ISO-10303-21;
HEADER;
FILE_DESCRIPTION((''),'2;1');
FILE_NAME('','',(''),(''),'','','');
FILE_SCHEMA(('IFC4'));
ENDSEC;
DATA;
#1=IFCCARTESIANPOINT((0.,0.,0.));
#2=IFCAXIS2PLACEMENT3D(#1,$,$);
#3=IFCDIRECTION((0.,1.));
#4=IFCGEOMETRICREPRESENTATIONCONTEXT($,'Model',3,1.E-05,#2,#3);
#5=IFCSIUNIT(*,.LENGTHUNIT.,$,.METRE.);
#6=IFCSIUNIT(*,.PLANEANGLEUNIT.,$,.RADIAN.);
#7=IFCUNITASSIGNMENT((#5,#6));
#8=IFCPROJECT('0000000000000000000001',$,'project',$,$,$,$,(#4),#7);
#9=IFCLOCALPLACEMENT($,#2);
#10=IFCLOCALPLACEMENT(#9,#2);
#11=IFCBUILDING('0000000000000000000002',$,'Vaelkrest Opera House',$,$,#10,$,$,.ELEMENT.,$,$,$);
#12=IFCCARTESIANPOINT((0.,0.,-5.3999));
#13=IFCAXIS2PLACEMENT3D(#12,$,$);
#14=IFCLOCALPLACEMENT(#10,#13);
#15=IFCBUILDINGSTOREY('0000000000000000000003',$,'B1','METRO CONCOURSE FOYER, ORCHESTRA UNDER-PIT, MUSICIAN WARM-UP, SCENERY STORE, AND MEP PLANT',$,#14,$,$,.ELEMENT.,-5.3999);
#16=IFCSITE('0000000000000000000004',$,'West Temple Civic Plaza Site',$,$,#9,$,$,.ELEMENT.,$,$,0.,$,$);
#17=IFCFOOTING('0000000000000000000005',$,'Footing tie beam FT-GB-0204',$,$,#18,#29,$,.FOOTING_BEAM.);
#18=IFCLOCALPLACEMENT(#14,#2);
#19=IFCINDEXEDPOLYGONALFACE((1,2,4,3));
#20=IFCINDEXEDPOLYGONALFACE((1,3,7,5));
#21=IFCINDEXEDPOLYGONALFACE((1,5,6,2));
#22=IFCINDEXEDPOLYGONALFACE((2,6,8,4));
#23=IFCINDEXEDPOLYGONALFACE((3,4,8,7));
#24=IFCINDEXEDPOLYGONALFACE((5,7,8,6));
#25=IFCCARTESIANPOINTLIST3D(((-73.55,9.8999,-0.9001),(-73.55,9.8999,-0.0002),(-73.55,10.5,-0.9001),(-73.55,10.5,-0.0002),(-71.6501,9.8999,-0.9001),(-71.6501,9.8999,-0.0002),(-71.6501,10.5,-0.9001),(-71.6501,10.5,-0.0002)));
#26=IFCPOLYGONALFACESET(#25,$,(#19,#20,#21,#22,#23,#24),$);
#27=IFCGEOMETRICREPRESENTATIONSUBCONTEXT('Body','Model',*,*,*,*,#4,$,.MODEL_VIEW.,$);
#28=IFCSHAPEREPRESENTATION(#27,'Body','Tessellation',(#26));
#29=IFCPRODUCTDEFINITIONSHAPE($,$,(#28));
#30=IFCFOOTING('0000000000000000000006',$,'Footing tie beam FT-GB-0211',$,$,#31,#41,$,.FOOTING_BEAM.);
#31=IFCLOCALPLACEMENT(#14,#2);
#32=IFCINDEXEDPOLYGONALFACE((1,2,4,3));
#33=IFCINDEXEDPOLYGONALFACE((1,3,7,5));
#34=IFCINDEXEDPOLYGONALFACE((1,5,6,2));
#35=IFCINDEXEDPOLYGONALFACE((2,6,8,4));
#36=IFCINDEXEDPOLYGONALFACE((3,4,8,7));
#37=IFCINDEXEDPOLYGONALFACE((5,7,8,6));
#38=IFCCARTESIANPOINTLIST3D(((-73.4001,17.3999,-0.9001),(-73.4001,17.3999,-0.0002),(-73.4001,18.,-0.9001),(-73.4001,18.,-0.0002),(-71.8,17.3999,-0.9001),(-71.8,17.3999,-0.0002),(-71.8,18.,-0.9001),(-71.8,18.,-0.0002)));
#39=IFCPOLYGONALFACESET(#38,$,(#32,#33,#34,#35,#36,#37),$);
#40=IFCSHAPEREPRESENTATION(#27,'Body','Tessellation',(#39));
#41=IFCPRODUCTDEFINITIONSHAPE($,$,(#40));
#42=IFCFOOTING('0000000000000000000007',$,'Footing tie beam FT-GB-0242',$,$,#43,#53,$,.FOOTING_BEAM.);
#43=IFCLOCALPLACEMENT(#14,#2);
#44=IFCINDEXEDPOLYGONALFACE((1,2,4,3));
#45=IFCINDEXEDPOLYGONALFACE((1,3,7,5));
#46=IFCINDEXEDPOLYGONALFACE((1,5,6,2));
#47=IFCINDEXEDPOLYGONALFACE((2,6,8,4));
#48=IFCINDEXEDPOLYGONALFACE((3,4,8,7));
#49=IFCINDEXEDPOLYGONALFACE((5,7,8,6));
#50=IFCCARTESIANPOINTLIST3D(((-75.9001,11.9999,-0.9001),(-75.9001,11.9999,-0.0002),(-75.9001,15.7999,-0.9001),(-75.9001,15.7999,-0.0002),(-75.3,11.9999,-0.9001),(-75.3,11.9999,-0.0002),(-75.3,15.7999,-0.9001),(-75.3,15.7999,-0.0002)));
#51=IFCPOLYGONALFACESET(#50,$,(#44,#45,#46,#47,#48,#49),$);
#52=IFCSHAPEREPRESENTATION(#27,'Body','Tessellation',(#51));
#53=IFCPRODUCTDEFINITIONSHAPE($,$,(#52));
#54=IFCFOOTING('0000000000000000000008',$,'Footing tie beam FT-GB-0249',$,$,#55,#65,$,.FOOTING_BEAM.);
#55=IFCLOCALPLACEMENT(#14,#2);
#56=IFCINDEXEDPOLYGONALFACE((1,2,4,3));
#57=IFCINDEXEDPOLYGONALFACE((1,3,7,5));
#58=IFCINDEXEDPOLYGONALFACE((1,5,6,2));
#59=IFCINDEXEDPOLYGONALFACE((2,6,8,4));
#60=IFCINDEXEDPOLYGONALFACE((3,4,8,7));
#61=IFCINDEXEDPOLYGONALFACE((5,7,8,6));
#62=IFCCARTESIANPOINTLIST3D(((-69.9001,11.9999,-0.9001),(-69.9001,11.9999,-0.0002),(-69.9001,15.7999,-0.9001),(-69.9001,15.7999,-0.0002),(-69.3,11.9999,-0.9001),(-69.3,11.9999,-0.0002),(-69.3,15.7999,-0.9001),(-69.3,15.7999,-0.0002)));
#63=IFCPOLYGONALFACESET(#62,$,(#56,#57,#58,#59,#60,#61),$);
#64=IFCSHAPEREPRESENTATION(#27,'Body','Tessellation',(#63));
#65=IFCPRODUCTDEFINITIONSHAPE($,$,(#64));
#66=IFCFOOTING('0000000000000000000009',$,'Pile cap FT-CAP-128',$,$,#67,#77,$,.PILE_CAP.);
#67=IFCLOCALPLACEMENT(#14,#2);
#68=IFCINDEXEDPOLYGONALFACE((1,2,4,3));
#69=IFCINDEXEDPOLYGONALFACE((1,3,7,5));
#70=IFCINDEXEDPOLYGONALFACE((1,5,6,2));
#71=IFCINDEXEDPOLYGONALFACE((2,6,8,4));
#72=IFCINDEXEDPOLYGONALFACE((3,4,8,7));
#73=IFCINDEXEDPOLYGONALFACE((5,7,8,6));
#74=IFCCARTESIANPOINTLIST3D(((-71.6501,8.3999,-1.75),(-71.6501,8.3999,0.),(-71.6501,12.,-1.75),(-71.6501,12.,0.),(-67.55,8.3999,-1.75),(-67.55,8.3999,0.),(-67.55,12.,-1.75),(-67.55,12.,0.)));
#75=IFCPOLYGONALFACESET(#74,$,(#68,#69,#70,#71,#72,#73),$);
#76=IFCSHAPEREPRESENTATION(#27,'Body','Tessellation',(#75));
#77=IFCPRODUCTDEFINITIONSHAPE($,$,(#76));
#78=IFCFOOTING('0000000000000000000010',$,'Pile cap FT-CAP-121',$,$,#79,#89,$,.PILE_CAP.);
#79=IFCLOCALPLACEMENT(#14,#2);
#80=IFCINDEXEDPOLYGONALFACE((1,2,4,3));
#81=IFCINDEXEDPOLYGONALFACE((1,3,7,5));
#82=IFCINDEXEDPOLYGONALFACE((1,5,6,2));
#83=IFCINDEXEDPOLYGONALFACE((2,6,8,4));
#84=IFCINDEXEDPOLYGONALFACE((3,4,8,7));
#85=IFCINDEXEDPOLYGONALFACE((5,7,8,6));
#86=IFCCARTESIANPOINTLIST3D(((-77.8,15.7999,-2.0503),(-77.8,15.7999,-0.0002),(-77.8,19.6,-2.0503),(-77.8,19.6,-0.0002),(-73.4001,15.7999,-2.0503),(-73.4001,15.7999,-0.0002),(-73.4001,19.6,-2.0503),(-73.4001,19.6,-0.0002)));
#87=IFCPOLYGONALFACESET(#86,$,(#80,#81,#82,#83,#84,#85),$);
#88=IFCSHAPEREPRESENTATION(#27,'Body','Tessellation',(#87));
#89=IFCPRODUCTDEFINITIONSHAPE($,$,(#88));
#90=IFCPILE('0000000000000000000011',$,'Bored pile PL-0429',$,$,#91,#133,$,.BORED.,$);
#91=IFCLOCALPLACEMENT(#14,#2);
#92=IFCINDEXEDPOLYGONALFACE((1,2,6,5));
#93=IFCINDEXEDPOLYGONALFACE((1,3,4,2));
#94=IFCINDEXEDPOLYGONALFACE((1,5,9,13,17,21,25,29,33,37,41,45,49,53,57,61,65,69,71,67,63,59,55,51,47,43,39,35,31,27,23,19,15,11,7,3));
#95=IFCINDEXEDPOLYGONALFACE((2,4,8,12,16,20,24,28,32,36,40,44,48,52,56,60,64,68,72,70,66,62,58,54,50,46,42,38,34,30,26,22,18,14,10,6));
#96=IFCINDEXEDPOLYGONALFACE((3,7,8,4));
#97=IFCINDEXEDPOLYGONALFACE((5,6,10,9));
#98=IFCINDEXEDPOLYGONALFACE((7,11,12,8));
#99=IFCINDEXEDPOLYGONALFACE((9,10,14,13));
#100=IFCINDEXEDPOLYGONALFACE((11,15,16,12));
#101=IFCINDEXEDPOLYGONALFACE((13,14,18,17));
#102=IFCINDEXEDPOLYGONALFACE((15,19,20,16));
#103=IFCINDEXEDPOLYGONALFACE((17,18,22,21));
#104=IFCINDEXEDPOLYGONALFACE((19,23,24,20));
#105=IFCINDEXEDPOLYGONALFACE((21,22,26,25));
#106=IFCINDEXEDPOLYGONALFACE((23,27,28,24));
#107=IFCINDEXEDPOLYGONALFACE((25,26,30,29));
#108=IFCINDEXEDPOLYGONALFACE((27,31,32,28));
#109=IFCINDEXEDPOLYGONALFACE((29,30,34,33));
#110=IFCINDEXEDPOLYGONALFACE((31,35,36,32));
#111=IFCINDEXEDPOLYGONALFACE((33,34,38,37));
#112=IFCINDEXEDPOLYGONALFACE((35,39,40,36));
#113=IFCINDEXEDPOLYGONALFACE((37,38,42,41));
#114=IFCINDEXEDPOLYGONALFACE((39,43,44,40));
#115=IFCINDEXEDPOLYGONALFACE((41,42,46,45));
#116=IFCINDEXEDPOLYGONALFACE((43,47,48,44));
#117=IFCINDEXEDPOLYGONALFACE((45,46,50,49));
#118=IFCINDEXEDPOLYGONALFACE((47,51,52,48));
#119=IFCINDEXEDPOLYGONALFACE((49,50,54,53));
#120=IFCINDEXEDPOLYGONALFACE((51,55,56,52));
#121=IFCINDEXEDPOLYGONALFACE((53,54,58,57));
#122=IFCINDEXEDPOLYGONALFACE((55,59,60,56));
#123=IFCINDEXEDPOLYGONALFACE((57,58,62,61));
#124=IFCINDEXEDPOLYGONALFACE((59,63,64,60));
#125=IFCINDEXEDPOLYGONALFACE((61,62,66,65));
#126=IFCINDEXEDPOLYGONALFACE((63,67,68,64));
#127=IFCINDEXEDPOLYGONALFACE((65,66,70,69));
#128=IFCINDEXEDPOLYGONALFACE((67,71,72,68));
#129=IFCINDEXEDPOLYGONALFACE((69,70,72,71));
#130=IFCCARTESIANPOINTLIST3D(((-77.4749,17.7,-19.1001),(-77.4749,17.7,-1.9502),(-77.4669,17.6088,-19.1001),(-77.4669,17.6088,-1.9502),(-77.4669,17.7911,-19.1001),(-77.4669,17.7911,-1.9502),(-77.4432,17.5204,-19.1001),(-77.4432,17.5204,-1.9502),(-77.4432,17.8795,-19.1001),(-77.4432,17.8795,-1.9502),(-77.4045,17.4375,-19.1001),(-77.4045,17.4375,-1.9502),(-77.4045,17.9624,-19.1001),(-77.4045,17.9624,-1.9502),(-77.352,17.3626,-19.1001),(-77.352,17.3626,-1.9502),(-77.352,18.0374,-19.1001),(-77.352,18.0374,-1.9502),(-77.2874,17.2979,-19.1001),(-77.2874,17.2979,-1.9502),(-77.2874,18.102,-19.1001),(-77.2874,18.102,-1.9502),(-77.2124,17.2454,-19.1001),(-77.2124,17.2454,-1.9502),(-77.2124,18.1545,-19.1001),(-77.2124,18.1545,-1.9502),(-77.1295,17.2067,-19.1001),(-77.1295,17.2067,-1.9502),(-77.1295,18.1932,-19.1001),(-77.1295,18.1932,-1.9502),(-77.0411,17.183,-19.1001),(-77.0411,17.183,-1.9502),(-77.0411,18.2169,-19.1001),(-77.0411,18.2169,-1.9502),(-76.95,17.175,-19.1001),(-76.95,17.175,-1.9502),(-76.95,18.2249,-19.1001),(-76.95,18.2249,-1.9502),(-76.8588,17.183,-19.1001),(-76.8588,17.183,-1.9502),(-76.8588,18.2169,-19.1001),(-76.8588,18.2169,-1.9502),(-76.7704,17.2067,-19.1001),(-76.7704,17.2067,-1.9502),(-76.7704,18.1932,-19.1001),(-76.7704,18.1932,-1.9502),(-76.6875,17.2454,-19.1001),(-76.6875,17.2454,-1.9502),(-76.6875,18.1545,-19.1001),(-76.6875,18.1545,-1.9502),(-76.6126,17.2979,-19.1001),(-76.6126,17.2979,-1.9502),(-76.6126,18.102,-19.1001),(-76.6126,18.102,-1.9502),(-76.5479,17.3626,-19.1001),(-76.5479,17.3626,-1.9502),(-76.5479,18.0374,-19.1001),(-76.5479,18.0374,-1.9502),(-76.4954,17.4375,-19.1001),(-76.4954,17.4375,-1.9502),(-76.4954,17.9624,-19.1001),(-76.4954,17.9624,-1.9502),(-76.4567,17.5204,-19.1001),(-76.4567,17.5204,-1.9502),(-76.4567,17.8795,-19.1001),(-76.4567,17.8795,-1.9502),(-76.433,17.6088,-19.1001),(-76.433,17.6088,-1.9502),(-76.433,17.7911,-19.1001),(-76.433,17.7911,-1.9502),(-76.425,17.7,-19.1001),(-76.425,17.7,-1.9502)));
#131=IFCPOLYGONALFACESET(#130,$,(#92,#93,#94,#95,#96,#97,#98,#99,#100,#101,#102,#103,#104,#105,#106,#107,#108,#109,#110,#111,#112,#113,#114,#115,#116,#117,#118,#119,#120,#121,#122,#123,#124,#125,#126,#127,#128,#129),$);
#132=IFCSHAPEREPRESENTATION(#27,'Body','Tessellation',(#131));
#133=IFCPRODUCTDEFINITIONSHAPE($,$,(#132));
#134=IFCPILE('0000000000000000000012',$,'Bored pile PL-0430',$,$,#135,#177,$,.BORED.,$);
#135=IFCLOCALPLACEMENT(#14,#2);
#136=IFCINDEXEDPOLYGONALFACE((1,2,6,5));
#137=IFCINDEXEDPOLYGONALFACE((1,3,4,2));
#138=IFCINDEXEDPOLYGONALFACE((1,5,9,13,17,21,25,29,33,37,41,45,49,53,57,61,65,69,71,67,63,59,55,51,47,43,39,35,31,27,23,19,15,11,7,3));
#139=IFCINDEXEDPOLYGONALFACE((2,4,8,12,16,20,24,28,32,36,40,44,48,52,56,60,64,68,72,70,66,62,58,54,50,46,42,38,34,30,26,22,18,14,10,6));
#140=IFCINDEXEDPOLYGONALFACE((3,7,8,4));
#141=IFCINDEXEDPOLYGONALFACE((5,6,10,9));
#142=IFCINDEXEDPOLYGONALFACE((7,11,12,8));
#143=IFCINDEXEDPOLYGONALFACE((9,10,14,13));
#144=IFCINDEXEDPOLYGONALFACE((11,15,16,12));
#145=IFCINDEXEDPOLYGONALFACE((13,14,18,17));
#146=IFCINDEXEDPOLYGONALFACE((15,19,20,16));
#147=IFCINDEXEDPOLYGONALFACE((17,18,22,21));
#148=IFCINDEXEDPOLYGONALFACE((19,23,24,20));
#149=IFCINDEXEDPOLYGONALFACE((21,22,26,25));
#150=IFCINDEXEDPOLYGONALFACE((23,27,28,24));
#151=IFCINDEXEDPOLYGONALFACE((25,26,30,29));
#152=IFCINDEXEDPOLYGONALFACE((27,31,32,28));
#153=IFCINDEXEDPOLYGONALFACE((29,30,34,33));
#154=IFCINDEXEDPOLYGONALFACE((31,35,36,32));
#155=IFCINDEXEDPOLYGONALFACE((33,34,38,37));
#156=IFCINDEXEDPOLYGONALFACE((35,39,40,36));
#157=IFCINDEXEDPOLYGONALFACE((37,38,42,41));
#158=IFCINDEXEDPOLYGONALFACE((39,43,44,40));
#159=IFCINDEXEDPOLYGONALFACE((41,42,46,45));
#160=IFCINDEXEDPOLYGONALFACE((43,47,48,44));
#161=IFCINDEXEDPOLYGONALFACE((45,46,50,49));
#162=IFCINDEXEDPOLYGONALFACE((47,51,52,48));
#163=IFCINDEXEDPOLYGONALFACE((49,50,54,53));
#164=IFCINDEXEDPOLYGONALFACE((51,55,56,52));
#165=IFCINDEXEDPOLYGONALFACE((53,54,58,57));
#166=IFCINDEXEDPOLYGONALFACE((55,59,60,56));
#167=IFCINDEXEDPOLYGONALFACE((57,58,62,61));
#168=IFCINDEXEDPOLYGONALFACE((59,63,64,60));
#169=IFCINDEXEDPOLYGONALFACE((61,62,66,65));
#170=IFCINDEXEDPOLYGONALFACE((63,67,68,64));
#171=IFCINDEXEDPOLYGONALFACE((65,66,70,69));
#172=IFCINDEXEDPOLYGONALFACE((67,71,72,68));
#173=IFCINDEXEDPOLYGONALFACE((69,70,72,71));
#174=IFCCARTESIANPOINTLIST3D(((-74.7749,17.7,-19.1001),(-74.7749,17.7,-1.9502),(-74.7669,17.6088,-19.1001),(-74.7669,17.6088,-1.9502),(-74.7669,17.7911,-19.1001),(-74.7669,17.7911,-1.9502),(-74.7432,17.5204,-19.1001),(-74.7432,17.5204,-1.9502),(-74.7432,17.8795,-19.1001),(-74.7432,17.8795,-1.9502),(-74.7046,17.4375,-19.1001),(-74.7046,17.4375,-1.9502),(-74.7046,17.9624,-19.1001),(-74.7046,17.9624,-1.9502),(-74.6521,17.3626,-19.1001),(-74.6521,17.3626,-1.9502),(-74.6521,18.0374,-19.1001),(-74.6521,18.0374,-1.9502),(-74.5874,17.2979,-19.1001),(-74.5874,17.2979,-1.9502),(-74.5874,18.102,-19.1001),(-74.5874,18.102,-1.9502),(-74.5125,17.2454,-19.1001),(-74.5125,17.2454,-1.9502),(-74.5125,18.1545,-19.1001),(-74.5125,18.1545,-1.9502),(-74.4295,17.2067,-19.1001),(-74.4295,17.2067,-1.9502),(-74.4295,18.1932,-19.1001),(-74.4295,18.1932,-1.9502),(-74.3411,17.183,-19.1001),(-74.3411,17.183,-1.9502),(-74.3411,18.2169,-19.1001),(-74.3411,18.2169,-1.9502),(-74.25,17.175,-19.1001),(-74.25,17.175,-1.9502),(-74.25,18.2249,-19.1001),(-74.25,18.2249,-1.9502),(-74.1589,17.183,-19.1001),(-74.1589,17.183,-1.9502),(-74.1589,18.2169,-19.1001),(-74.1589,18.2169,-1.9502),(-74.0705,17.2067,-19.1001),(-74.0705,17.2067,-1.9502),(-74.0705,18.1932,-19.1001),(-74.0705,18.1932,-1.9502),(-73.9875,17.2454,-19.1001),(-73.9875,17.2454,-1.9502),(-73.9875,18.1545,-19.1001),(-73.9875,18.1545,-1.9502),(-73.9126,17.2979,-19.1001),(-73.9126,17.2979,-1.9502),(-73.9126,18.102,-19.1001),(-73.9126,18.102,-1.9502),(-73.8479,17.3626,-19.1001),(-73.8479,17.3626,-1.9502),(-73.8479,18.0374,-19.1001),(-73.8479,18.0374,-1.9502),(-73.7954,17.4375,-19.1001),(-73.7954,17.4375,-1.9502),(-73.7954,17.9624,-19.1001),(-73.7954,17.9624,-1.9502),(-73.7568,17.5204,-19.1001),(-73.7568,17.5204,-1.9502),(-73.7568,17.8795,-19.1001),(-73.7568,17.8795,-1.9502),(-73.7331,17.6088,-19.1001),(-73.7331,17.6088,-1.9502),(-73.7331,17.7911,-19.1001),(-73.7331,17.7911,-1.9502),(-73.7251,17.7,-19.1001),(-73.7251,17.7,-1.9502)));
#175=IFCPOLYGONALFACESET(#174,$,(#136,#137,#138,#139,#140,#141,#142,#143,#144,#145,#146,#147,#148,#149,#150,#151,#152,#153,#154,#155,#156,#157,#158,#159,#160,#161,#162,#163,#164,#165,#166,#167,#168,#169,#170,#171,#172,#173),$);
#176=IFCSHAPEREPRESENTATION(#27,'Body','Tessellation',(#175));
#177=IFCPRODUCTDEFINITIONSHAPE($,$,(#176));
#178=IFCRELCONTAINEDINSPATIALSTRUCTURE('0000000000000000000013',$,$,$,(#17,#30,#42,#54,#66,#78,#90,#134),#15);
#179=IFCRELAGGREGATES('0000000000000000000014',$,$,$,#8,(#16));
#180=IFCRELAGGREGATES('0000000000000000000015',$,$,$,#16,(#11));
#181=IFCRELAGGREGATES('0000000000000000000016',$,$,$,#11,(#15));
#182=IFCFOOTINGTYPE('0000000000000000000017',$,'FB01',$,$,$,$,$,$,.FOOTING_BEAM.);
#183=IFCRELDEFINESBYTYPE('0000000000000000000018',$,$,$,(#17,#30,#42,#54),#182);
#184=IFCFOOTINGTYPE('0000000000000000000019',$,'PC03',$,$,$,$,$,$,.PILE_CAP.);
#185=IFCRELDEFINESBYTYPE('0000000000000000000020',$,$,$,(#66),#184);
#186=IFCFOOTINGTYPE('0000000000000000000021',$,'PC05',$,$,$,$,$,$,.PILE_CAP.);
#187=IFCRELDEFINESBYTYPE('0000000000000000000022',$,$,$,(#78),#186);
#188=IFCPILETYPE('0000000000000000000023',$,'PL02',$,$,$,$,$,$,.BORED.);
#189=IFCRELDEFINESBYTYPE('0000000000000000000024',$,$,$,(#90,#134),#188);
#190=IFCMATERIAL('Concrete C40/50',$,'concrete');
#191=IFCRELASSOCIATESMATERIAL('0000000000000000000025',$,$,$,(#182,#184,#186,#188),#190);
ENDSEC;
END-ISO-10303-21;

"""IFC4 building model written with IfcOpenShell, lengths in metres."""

from ifc_helpers import new_model, si_unit, direction, frame, origin, origin_2d, place, context, subcontext, project, spatial, rectangle, circle, extrude, material, material_profile, profile_set, type_object, element, save


model = new_model("IFC4")

# Units and contexts
model_context = context("Model", 3, precision=1e-05, world=origin(), true_north=direction((0.0, 1.0)))
body_context = subcontext(model_context, "Body", "Model", "MODEL_VIEW")
ifc_project = project(units=[si_unit("LENGTHUNIT", "METRE"), si_unit("PLANEANGLEUNIT", "RADIAN")], contexts=[model_context])

# Site, building, storey
site_placement = place(None, origin())
site = spatial("IfcSite", under=ifc_project, at=site_placement, Name="West Temple Civic Plaza Site", CompositionType="ELEMENT", RefElevation=0.0)
building_placement = place(site_placement, origin())
building = spatial("IfcBuilding", under=site, at=building_placement, Name="Vaelkrest Opera House", CompositionType="ELEMENT")
storey_placement = place(building_placement, frame((0.0, 0.0, -5.3999)))
storey = spatial("IfcBuildingStorey", under=building, at=storey_placement, Name="B1", Description="METRO CONCOURSE FOYER, ORCHESTRA UNDER-PIT, MUSICIAN WARM-UP, SCENERY STORE, AND MEP PLANT", CompositionType="ELEMENT", Elevation=-5.3999)

# Footings
ifc_material_1 = material(Name="Concrete C40/50", Category="concrete")
footing_type_1 = type_object("IfcFootingType", Name="FB01", PredefinedType="FOOTING_BEAM", material=ifc_material_1)
footing_1_placement = place(storey_placement, frame((-72.6001, 10.2, -0.9001), z_axis=(0.0, 0.0, 1.0), x_axis=(1.0, 0.0, 0.0)))
element("IfcFooting", 1, at=footing_1_placement, inside=storey, type_object=footing_type_1, Name="Footing tie beam FT-GB-0204", PredefinedType="FOOTING_BEAM", context=body_context, shape_type="SweptSolid", body=[
    extrude(rectangle(XDim=1.8999, YDim=0.6001, at=origin_2d()), origin(), (0.0, 0.0, 1.0), 0.8999),
])
footing_2_placement = place(storey_placement, frame((-72.6001, 17.7, -0.9001), z_axis=(0.0, 0.0, 1.0), x_axis=(1.0, 0.0, 0.0)))
element("IfcFooting", 2, at=footing_2_placement, inside=storey, type_object=footing_type_1, Name="Footing tie beam FT-GB-0211", PredefinedType="FOOTING_BEAM", context=body_context, shape_type="SweptSolid", body=[
    extrude(rectangle(XDim=1.6001, YDim=0.6001, at=origin_2d()), origin(), (0.0, 0.0, 1.0), 0.8999),
])
for number, where, z_axis, x_axis, name in (
    (3, (-75.6001, 13.8999, -0.9001), (0.0, 0.0, 1.0), (0.0, 1.0, 0.0), "Footing tie beam FT-GB-0242"),
    (4, (-69.6001, 13.8999, -0.9001), (0.0, 0.0, 1.0), (0.0, 1.0, 0.0), "Footing tie beam FT-GB-0249"),
):
    element("IfcFooting", number, at=place(storey_placement, frame(where, z_axis=z_axis, x_axis=x_axis)), inside=storey, type_object=footing_type_1, Name=name, PredefinedType="FOOTING_BEAM", context=body_context, shape_type="SweptSolid", body=[
        extrude(rectangle(XDim=3.8, YDim=0.6001, at=origin_2d()), origin(), (0.0, 0.0, 1.0), 0.8999),
    ])
footing_type_2 = type_object("IfcFootingType", Name="PC03", PredefinedType="PILE_CAP", material=ifc_material_1)
footing_3_placement = place(storey_placement, frame((-69.6001, 10.2, -1.75), z_axis=(0.0, 0.0, 1.0), x_axis=(1.0, 0.0, 0.0)))
element("IfcFooting", 5, at=footing_3_placement, inside=storey, type_object=footing_type_2, Name="Pile cap FT-CAP-128", PredefinedType="PILE_CAP", context=body_context, shape_type="SweptSolid", body=[
    extrude(rectangle(XDim=4.1001, YDim=3.6001, at=origin_2d()), origin(), (0.0, 0.0, 1.0), 1.75),
])
footing_type_3 = type_object("IfcFootingType", Name="PC05", PredefinedType="PILE_CAP", material=ifc_material_1)
footing_4_placement = place(storey_placement, frame((-75.6001, 17.7, -2.0503), z_axis=(0.0, 0.0, 1.0), x_axis=(1.0, 0.0, 0.0)))
element("IfcFooting", 6, at=footing_4_placement, inside=storey, type_object=footing_type_3, Name="Pile cap FT-CAP-121", PredefinedType="PILE_CAP", context=body_context, shape_type="SweptSolid", body=[
    extrude(rectangle(XDim=4.3999, YDim=3.8, at=origin_2d()), origin(), (0.0, 0.0, 1.0), 2.05),
])

# Piles
ifc_material_profile_1 = material_profile(ifc_material_1, circle(Radius=0.5249, at=origin_2d()), Name="PILE1050")
ifc_profile_set_1 = profile_set([ifc_material_profile_1], Name="Concrete C40/50")
pile_type = type_object("IfcPileType", Name="PL02", PredefinedType="BORED", material=ifc_profile_set_1)
for number, where, z_axis, x_axis, name in (
    (7, (-76.95, 17.7, -1.9502), (0.0, 0.0, -1.0), (1.0, 0.0, 0.0), "Bored pile PL-0429"),
    (8, (-74.25, 17.7, -1.9502), (0.0, 0.0, -1.0), (1.0, 0.0, 0.0), "Bored pile PL-0430"),
):
    element("IfcPile", number, at=place(storey_placement, frame(where, z_axis=z_axis, x_axis=x_axis)), inside=storey, type_object=pile_type, Name=name, PredefinedType="BORED", context=body_context, shape_type="SweptSolid", body=[
        extrude(circle(Radius=0.5249, at=origin_2d()), origin(), (0.0, 0.0, 1.0), 17.1499),
    ])

save(model, "model.ifc")
